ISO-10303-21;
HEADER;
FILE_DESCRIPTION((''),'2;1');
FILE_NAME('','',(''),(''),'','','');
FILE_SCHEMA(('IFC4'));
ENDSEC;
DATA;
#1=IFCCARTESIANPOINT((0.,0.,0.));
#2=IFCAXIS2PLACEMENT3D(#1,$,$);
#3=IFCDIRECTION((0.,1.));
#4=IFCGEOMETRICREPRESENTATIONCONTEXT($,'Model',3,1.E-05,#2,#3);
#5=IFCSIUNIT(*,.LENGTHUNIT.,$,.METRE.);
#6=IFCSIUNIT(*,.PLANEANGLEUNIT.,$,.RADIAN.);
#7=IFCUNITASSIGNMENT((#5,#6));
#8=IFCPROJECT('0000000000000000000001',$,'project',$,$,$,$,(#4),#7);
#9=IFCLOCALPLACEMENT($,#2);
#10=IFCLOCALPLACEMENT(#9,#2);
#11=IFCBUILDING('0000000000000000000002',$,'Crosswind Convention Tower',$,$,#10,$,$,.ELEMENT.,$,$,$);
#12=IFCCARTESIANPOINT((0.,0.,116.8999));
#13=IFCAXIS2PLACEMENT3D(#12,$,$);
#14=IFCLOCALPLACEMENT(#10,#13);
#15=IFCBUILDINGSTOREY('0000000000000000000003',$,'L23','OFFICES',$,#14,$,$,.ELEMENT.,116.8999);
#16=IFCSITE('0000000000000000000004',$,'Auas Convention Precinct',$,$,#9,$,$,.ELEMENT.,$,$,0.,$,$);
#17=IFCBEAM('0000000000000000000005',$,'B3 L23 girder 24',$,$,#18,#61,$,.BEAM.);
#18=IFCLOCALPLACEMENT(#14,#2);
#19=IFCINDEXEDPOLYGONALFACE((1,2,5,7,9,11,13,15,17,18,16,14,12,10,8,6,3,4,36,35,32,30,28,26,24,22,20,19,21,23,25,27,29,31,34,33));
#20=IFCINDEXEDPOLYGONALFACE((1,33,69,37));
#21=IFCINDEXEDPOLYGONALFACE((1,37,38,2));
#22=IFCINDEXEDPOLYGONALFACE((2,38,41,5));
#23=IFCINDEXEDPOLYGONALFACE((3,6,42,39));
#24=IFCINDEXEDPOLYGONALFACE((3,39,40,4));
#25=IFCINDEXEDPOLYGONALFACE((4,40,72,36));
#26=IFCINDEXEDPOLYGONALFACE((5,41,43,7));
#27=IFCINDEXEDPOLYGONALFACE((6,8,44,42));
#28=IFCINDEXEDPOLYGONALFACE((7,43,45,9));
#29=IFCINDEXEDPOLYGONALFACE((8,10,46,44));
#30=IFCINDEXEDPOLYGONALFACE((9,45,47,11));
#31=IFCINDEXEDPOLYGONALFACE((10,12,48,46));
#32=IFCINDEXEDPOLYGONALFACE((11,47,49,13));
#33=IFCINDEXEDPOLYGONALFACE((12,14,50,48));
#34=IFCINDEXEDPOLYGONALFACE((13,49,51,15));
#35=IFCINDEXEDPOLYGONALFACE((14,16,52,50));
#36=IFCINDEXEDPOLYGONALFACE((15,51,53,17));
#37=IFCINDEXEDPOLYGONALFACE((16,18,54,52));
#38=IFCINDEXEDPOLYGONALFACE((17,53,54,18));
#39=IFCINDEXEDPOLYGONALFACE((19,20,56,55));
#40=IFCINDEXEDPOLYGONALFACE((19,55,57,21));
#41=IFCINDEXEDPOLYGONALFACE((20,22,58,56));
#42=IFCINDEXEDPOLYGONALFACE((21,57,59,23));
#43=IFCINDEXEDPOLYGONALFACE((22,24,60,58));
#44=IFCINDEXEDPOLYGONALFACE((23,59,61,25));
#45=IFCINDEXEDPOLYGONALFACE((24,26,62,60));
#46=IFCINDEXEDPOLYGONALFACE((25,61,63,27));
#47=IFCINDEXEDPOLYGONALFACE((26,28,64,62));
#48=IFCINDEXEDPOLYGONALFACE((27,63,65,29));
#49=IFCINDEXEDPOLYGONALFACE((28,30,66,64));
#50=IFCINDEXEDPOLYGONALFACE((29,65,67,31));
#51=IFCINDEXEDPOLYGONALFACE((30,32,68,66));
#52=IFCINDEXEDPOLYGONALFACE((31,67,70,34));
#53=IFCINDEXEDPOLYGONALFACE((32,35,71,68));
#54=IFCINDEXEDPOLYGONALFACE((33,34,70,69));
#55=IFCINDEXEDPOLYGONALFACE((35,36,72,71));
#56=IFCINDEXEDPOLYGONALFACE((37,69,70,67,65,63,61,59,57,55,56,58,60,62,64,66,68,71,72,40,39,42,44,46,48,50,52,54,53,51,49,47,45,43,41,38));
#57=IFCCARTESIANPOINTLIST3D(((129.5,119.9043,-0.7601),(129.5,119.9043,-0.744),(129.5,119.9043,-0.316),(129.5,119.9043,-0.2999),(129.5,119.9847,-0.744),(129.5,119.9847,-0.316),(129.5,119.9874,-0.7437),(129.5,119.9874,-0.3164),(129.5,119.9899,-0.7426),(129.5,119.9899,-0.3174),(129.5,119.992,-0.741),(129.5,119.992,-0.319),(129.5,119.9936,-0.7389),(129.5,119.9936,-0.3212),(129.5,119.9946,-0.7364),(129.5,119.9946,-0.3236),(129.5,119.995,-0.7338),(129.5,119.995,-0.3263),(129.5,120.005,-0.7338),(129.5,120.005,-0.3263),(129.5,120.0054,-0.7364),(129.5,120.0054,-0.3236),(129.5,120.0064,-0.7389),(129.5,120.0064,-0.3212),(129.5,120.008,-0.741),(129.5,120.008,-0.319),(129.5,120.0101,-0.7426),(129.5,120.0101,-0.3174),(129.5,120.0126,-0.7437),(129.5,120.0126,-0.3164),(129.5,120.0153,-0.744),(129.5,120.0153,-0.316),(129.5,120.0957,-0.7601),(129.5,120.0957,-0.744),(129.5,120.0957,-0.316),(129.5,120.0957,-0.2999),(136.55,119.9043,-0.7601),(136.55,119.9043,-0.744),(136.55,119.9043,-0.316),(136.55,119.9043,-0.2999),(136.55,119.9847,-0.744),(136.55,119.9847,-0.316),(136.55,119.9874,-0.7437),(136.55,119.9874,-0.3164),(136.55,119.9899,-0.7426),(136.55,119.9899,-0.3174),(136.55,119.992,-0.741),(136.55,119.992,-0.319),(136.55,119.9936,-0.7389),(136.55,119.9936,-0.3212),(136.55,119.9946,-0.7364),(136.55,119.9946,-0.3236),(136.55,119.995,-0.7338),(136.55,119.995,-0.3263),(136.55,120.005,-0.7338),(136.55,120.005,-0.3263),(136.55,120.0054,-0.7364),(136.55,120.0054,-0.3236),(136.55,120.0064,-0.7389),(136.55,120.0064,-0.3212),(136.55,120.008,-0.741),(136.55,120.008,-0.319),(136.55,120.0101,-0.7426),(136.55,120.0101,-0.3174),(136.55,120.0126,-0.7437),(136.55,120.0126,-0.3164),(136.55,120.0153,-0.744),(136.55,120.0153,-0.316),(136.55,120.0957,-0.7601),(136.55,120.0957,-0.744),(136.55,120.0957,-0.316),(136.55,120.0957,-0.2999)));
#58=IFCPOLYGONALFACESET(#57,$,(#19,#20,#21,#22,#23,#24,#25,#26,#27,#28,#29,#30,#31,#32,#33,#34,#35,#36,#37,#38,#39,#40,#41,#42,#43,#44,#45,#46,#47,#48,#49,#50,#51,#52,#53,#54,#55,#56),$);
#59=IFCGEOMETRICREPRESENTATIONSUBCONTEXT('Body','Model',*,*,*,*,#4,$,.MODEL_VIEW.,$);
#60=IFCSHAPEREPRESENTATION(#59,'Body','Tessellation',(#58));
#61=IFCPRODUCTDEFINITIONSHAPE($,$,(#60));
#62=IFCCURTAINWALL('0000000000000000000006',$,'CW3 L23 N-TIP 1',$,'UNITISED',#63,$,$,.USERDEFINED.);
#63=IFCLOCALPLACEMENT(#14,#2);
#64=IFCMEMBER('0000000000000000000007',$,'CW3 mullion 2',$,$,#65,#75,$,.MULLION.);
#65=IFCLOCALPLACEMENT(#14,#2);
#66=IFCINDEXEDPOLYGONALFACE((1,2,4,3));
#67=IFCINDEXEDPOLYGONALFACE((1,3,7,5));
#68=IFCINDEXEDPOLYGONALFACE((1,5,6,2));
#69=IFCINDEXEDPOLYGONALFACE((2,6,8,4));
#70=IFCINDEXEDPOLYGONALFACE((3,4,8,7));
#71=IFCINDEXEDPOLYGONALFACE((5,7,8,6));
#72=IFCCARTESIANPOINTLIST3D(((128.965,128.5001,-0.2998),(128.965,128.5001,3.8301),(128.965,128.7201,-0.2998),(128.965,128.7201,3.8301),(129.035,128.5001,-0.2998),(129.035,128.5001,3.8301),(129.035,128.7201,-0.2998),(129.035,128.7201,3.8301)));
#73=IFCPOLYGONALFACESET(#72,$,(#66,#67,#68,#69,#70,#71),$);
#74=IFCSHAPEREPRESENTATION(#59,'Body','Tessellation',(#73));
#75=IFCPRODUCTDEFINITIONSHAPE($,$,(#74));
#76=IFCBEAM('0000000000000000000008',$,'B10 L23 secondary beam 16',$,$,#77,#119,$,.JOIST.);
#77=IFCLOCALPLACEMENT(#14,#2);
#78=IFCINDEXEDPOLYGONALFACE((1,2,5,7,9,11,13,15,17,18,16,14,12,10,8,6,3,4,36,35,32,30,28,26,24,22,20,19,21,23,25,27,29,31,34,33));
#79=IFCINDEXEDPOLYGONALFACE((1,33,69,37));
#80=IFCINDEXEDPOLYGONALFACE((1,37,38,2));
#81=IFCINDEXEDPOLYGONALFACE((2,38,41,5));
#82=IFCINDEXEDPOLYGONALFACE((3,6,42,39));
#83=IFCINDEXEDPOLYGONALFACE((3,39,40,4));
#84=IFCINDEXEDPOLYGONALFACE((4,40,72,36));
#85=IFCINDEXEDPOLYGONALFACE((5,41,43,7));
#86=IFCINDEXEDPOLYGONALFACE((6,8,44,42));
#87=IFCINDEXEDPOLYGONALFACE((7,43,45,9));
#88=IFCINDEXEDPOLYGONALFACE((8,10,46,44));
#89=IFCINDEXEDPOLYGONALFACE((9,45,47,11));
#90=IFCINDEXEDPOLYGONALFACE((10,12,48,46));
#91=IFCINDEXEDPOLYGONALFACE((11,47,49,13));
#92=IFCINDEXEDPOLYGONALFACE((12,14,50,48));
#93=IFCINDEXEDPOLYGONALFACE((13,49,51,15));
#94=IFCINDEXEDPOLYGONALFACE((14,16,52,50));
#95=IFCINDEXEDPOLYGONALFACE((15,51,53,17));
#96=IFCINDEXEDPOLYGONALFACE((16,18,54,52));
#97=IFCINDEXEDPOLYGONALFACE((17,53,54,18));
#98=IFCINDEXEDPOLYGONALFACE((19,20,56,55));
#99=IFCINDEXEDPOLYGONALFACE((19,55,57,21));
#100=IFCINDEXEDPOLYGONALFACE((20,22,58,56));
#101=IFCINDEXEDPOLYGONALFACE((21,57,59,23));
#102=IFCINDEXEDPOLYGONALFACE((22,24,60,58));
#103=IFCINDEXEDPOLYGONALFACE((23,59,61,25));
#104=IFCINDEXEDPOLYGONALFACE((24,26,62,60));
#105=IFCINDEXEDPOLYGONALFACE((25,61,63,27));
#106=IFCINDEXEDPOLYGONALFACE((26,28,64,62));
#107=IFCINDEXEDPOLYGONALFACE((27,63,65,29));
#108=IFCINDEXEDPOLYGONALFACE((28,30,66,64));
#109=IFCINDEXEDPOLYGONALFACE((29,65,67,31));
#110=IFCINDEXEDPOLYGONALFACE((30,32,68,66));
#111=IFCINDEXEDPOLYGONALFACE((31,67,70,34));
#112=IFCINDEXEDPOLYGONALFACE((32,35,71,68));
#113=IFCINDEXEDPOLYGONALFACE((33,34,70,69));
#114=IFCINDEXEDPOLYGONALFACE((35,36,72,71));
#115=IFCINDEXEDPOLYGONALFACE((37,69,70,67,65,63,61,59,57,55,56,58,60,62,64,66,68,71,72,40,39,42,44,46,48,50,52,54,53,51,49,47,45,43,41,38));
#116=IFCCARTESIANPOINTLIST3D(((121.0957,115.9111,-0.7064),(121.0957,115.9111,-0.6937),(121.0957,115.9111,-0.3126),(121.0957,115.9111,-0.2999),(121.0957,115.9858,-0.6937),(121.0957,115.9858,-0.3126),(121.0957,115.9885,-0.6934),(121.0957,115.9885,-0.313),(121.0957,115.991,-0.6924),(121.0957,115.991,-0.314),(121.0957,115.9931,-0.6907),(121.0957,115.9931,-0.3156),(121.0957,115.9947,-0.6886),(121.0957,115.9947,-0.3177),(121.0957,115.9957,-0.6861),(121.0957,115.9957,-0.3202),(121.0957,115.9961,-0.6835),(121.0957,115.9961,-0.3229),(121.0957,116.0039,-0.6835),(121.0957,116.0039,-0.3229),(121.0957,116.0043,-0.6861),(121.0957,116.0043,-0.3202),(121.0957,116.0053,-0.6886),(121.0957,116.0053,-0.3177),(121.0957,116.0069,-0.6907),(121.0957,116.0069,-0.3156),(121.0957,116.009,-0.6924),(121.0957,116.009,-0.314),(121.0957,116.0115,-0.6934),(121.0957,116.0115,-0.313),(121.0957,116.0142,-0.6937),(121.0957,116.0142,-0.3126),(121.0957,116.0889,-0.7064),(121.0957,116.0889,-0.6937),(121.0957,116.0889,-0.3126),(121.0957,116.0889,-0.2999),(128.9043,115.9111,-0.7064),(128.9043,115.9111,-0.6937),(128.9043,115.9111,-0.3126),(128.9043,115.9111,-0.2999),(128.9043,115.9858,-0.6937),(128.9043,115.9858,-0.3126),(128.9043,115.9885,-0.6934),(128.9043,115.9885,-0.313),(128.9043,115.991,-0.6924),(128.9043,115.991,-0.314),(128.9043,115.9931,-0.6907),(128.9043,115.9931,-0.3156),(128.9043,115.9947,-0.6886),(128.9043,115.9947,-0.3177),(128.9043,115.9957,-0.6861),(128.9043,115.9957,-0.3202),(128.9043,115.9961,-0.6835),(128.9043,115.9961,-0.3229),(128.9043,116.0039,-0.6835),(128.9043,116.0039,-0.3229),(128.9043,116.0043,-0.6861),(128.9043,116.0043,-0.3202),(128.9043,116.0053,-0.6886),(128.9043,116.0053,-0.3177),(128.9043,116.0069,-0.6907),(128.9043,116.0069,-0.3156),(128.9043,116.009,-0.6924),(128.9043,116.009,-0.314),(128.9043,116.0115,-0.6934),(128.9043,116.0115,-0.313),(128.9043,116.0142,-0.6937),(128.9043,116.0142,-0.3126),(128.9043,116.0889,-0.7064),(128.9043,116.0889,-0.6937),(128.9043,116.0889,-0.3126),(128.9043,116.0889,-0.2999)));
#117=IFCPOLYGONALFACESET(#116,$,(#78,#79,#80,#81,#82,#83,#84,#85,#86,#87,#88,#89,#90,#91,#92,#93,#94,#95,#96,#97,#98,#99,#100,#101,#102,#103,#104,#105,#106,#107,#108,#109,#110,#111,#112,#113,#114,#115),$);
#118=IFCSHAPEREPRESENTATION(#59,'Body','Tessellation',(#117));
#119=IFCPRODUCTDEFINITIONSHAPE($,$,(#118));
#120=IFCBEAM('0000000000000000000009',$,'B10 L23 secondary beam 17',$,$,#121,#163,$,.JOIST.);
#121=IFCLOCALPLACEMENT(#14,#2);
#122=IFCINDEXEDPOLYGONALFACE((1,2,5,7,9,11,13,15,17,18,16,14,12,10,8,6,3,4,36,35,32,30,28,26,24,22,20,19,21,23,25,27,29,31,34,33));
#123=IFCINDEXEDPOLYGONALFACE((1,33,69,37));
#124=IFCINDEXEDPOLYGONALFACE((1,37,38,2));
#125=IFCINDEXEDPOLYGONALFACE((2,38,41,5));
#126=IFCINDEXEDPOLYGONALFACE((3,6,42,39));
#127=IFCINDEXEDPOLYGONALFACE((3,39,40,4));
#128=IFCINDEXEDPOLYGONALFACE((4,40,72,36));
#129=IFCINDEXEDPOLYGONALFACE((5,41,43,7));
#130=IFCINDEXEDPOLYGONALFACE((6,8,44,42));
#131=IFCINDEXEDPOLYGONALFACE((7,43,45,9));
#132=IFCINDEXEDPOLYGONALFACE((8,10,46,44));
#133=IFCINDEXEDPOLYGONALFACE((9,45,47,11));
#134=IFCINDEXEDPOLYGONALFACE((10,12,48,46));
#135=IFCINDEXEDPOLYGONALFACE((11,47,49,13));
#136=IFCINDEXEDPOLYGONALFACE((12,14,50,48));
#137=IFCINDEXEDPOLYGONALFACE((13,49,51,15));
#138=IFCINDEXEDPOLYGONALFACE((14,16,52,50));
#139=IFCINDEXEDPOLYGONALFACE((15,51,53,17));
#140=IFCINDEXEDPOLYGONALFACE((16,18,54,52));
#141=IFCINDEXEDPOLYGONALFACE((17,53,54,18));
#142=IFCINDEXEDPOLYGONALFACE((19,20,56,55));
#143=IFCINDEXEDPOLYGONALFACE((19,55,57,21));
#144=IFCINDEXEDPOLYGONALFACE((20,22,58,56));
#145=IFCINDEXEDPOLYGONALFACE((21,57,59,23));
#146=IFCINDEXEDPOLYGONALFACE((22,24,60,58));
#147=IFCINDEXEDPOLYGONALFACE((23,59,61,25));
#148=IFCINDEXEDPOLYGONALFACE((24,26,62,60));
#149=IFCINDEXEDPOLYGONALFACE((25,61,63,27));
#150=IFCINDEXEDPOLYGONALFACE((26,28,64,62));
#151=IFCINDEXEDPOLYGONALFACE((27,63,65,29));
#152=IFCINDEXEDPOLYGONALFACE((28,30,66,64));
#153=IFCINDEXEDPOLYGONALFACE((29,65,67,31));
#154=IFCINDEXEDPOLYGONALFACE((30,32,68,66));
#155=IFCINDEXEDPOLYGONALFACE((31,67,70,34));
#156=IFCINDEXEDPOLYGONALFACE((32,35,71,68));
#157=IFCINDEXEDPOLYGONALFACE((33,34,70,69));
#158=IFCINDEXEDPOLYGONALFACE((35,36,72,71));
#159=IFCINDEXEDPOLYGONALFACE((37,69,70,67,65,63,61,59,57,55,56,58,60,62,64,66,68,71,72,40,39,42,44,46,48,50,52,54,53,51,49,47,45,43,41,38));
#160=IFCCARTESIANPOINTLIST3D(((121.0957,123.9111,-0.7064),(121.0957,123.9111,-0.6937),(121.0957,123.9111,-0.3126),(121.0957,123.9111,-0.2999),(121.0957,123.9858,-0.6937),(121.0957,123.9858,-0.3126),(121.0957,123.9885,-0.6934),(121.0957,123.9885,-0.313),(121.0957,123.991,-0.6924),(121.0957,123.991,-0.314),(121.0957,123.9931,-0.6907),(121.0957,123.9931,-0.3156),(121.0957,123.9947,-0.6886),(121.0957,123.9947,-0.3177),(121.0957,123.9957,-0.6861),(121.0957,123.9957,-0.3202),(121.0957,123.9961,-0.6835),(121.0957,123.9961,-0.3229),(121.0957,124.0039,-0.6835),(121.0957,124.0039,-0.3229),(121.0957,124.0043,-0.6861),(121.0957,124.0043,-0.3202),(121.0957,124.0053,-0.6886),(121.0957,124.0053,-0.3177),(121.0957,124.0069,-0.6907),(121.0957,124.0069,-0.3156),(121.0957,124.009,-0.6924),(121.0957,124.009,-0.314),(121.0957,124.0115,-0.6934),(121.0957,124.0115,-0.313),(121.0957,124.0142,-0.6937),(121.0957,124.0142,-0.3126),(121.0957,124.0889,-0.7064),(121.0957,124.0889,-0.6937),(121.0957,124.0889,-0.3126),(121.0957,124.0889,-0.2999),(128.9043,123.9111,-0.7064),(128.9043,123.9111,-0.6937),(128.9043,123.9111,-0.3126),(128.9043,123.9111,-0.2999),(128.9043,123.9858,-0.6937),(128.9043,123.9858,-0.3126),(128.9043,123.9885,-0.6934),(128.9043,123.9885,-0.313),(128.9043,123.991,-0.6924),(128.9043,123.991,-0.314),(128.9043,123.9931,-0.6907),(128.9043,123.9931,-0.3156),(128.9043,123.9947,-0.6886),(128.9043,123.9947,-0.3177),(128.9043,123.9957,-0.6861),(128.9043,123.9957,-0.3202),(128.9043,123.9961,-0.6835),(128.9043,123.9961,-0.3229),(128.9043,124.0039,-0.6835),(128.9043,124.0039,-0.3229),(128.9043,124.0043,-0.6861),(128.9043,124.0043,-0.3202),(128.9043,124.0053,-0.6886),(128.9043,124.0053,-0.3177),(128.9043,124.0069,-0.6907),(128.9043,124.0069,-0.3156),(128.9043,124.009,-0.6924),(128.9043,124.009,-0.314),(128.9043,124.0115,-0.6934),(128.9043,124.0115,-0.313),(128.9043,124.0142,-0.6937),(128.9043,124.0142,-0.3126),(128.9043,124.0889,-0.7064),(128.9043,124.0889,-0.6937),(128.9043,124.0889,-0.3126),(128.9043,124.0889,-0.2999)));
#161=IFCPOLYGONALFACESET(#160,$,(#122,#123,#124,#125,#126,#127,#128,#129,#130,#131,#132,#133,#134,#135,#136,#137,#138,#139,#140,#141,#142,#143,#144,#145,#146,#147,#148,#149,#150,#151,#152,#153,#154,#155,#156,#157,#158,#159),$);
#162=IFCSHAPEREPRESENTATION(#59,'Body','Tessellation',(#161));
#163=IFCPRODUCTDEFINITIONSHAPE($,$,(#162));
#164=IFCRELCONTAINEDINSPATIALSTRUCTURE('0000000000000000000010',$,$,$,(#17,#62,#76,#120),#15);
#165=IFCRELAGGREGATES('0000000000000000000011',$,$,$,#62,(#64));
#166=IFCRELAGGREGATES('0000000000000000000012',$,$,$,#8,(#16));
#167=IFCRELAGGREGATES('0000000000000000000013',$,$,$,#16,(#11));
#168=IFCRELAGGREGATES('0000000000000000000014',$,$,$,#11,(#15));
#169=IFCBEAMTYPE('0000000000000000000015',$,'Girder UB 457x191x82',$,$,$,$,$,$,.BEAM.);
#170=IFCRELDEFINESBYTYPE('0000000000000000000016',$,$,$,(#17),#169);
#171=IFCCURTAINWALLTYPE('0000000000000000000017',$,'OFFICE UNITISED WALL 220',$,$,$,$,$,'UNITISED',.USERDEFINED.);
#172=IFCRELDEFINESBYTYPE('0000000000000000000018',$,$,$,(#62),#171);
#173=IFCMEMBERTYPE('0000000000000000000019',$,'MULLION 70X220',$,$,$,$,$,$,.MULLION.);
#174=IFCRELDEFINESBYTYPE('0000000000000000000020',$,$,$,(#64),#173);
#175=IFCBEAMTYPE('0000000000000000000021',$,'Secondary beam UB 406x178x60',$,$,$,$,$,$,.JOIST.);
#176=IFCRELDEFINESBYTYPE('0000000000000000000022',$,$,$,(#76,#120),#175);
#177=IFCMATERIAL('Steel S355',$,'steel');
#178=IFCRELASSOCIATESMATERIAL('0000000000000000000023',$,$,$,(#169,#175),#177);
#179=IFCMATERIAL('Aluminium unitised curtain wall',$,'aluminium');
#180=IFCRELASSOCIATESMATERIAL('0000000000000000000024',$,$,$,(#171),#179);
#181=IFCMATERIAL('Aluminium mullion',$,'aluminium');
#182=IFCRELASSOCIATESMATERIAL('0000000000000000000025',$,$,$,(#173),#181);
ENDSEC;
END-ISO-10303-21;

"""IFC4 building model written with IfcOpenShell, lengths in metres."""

from ifc_helpers import new_model, si_unit, direction, frame, origin, origin_2d, place, context, subcontext, project, spatial, rectangle, i_section, extrude, material, material_profile, profile_set, type_object, element, aggregate, save


model = new_model("IFC4")

# Units and contexts
model_context = context("Model", 3, precision=1e-05, world=origin(), true_north=direction((0.0, 1.0)))
body_context = subcontext(model_context, "Body", "Model", "MODEL_VIEW")
ifc_project = project(units=[si_unit("LENGTHUNIT", "METRE"), si_unit("PLANEANGLEUNIT", "RADIAN")], contexts=[model_context])

# Site, building, storey
site_placement = place(None, origin())
site = spatial("IfcSite", under=ifc_project, at=site_placement, Name="Auas Convention Precinct", CompositionType="ELEMENT", RefElevation=0.0)
building_placement = place(site_placement, origin())
building = spatial("IfcBuilding", under=site, at=building_placement, Name="Crosswind Convention Tower", CompositionType="ELEMENT")
storey_placement = place(building_placement, frame((0.0, 0.0, 116.8999)))
storey = spatial("IfcBuildingStorey", under=building, at=storey_placement, Name="L23", Description="OFFICES", CompositionType="ELEMENT", Elevation=116.8999)

# Beam
ifc_material_1 = material(Name="Steel S355", Category="steel")
ifc_material_profile_1 = material_profile(ifc_material_1, i_section(OverallWidth=0.1914, OverallDepth=0.4602, WebThickness=0.01, FlangeThickness=0.0161, FilletRadius=0.0103, at=origin_2d()), Name="UB 457x191x82")
ifc_profile_set_1 = profile_set([ifc_material_profile_1], Name="Steel S355")
beam_type_1 = type_object("IfcBeamType", Name="Girder UB 457x191x82", PredefinedType="BEAM", material=ifc_profile_set_1)
for number, where, z_axis, x_axis, name in (
    (1, (129.5, 120.0, -0.53), (1.0, 0.0, 0.0), (0.0, 1.0, 0.0), "B3 L23 girder 24"),
):
    element("IfcBeam", number, at=place(storey_placement, frame(where, z_axis=z_axis, x_axis=x_axis)), inside=storey, type_object=beam_type_1, Name=name, PredefinedType="BEAM", context=body_context, shape_type="SweptSolid", body=[
        extrude(i_section(OverallWidth=0.1914, OverallDepth=0.4602, WebThickness=0.01, FlangeThickness=0.0161, FilletRadius=0.0103, at=origin_2d()), origin(), (0.0, 0.0, 1.0), 7.05),
    ])

# Curtain wall, member
ifc_material_2 = material(Name="Aluminium unitised curtain wall", Category="aluminium")
curtain_wall_type = type_object("IfcCurtainWallType", Name="OFFICE UNITISED WALL 220", ElementType="UNITISED", PredefinedType="USERDEFINED", material=ifc_material_2)
curtain_wall_placement = place(storey_placement, origin())
curtain_wall = element("IfcCurtainWall", 2, at=curtain_wall_placement, inside=storey, type_object=curtain_wall_type, Name="CW3 L23 N-TIP 1", ObjectType="UNITISED", PredefinedType="USERDEFINED")
ifc_material_3 = material(Name="Aluminium mullion", Category="aluminium")
ifc_material_profile_2 = material_profile(ifc_material_3, rectangle(XDim=0.22, YDim=0.0701, at=origin_2d()), Name="AL 220X70")
ifc_profile_set_2 = profile_set([ifc_material_profile_2], Name="Aluminium mullion")
member_type_1 = type_object("IfcMemberType", Name="MULLION 70X220", PredefinedType="MULLION", material=ifc_profile_set_2)
member_1_placement = place(storey_placement, frame((129.0, 128.6101, -0.2998), z_axis=(0.0, 0.0, 1.0), x_axis=(0.0, 1.0, 0.0)))
member_1 = element("IfcMember", 3, at=member_1_placement, type_object=member_type_1, Name="CW3 mullion 2", PredefinedType="MULLION", context=body_context, shape_type="SweptSolid", body=[
    extrude(rectangle(XDim=0.22, YDim=0.0701, at=origin_2d()), origin(), (0.0, 0.0, 1.0), 4.1299),
])

# Beams
ifc_material_profile_3 = material_profile(ifc_material_1, i_section(OverallWidth=0.1777, OverallDepth=0.4065, WebThickness=0.0078, FlangeThickness=0.0127, FilletRadius=0.0103, at=origin_2d()), Name="UB 406x178x60")
ifc_profile_set_3 = profile_set([ifc_material_profile_3], Name="Steel S355")
beam_type_2 = type_object("IfcBeamType", Name="Secondary beam UB 406x178x60", PredefinedType="JOIST", material=ifc_profile_set_3)
for number, where, z_axis, x_axis, name in (
    (4, (121.0957, 116.0, -0.5032), (1.0, 0.0, 0.0), (0.0, 1.0, 0.0), "B10 L23 secondary beam 16"),
    (5, (121.0957, 124.0, -0.5032), (1.0, 0.0, 0.0), (0.0, 1.0, 0.0), "B10 L23 secondary beam 17"),
):
    element("IfcBeam", number, at=place(storey_placement, frame(where, z_axis=z_axis, x_axis=x_axis)), inside=storey, type_object=beam_type_2, Name=name, PredefinedType="JOIST", context=body_context, shape_type="SweptSolid", body=[
        extrude(i_section(OverallWidth=0.1777, OverallDepth=0.4065, WebThickness=0.0078, FlangeThickness=0.0127, FilletRadius=0.0103, at=origin_2d()), origin(), (0.0, 0.0, 1.0), 7.8086),
    ])

aggregate(curtain_wall, [member_1])

save(model, "model.ifc")
